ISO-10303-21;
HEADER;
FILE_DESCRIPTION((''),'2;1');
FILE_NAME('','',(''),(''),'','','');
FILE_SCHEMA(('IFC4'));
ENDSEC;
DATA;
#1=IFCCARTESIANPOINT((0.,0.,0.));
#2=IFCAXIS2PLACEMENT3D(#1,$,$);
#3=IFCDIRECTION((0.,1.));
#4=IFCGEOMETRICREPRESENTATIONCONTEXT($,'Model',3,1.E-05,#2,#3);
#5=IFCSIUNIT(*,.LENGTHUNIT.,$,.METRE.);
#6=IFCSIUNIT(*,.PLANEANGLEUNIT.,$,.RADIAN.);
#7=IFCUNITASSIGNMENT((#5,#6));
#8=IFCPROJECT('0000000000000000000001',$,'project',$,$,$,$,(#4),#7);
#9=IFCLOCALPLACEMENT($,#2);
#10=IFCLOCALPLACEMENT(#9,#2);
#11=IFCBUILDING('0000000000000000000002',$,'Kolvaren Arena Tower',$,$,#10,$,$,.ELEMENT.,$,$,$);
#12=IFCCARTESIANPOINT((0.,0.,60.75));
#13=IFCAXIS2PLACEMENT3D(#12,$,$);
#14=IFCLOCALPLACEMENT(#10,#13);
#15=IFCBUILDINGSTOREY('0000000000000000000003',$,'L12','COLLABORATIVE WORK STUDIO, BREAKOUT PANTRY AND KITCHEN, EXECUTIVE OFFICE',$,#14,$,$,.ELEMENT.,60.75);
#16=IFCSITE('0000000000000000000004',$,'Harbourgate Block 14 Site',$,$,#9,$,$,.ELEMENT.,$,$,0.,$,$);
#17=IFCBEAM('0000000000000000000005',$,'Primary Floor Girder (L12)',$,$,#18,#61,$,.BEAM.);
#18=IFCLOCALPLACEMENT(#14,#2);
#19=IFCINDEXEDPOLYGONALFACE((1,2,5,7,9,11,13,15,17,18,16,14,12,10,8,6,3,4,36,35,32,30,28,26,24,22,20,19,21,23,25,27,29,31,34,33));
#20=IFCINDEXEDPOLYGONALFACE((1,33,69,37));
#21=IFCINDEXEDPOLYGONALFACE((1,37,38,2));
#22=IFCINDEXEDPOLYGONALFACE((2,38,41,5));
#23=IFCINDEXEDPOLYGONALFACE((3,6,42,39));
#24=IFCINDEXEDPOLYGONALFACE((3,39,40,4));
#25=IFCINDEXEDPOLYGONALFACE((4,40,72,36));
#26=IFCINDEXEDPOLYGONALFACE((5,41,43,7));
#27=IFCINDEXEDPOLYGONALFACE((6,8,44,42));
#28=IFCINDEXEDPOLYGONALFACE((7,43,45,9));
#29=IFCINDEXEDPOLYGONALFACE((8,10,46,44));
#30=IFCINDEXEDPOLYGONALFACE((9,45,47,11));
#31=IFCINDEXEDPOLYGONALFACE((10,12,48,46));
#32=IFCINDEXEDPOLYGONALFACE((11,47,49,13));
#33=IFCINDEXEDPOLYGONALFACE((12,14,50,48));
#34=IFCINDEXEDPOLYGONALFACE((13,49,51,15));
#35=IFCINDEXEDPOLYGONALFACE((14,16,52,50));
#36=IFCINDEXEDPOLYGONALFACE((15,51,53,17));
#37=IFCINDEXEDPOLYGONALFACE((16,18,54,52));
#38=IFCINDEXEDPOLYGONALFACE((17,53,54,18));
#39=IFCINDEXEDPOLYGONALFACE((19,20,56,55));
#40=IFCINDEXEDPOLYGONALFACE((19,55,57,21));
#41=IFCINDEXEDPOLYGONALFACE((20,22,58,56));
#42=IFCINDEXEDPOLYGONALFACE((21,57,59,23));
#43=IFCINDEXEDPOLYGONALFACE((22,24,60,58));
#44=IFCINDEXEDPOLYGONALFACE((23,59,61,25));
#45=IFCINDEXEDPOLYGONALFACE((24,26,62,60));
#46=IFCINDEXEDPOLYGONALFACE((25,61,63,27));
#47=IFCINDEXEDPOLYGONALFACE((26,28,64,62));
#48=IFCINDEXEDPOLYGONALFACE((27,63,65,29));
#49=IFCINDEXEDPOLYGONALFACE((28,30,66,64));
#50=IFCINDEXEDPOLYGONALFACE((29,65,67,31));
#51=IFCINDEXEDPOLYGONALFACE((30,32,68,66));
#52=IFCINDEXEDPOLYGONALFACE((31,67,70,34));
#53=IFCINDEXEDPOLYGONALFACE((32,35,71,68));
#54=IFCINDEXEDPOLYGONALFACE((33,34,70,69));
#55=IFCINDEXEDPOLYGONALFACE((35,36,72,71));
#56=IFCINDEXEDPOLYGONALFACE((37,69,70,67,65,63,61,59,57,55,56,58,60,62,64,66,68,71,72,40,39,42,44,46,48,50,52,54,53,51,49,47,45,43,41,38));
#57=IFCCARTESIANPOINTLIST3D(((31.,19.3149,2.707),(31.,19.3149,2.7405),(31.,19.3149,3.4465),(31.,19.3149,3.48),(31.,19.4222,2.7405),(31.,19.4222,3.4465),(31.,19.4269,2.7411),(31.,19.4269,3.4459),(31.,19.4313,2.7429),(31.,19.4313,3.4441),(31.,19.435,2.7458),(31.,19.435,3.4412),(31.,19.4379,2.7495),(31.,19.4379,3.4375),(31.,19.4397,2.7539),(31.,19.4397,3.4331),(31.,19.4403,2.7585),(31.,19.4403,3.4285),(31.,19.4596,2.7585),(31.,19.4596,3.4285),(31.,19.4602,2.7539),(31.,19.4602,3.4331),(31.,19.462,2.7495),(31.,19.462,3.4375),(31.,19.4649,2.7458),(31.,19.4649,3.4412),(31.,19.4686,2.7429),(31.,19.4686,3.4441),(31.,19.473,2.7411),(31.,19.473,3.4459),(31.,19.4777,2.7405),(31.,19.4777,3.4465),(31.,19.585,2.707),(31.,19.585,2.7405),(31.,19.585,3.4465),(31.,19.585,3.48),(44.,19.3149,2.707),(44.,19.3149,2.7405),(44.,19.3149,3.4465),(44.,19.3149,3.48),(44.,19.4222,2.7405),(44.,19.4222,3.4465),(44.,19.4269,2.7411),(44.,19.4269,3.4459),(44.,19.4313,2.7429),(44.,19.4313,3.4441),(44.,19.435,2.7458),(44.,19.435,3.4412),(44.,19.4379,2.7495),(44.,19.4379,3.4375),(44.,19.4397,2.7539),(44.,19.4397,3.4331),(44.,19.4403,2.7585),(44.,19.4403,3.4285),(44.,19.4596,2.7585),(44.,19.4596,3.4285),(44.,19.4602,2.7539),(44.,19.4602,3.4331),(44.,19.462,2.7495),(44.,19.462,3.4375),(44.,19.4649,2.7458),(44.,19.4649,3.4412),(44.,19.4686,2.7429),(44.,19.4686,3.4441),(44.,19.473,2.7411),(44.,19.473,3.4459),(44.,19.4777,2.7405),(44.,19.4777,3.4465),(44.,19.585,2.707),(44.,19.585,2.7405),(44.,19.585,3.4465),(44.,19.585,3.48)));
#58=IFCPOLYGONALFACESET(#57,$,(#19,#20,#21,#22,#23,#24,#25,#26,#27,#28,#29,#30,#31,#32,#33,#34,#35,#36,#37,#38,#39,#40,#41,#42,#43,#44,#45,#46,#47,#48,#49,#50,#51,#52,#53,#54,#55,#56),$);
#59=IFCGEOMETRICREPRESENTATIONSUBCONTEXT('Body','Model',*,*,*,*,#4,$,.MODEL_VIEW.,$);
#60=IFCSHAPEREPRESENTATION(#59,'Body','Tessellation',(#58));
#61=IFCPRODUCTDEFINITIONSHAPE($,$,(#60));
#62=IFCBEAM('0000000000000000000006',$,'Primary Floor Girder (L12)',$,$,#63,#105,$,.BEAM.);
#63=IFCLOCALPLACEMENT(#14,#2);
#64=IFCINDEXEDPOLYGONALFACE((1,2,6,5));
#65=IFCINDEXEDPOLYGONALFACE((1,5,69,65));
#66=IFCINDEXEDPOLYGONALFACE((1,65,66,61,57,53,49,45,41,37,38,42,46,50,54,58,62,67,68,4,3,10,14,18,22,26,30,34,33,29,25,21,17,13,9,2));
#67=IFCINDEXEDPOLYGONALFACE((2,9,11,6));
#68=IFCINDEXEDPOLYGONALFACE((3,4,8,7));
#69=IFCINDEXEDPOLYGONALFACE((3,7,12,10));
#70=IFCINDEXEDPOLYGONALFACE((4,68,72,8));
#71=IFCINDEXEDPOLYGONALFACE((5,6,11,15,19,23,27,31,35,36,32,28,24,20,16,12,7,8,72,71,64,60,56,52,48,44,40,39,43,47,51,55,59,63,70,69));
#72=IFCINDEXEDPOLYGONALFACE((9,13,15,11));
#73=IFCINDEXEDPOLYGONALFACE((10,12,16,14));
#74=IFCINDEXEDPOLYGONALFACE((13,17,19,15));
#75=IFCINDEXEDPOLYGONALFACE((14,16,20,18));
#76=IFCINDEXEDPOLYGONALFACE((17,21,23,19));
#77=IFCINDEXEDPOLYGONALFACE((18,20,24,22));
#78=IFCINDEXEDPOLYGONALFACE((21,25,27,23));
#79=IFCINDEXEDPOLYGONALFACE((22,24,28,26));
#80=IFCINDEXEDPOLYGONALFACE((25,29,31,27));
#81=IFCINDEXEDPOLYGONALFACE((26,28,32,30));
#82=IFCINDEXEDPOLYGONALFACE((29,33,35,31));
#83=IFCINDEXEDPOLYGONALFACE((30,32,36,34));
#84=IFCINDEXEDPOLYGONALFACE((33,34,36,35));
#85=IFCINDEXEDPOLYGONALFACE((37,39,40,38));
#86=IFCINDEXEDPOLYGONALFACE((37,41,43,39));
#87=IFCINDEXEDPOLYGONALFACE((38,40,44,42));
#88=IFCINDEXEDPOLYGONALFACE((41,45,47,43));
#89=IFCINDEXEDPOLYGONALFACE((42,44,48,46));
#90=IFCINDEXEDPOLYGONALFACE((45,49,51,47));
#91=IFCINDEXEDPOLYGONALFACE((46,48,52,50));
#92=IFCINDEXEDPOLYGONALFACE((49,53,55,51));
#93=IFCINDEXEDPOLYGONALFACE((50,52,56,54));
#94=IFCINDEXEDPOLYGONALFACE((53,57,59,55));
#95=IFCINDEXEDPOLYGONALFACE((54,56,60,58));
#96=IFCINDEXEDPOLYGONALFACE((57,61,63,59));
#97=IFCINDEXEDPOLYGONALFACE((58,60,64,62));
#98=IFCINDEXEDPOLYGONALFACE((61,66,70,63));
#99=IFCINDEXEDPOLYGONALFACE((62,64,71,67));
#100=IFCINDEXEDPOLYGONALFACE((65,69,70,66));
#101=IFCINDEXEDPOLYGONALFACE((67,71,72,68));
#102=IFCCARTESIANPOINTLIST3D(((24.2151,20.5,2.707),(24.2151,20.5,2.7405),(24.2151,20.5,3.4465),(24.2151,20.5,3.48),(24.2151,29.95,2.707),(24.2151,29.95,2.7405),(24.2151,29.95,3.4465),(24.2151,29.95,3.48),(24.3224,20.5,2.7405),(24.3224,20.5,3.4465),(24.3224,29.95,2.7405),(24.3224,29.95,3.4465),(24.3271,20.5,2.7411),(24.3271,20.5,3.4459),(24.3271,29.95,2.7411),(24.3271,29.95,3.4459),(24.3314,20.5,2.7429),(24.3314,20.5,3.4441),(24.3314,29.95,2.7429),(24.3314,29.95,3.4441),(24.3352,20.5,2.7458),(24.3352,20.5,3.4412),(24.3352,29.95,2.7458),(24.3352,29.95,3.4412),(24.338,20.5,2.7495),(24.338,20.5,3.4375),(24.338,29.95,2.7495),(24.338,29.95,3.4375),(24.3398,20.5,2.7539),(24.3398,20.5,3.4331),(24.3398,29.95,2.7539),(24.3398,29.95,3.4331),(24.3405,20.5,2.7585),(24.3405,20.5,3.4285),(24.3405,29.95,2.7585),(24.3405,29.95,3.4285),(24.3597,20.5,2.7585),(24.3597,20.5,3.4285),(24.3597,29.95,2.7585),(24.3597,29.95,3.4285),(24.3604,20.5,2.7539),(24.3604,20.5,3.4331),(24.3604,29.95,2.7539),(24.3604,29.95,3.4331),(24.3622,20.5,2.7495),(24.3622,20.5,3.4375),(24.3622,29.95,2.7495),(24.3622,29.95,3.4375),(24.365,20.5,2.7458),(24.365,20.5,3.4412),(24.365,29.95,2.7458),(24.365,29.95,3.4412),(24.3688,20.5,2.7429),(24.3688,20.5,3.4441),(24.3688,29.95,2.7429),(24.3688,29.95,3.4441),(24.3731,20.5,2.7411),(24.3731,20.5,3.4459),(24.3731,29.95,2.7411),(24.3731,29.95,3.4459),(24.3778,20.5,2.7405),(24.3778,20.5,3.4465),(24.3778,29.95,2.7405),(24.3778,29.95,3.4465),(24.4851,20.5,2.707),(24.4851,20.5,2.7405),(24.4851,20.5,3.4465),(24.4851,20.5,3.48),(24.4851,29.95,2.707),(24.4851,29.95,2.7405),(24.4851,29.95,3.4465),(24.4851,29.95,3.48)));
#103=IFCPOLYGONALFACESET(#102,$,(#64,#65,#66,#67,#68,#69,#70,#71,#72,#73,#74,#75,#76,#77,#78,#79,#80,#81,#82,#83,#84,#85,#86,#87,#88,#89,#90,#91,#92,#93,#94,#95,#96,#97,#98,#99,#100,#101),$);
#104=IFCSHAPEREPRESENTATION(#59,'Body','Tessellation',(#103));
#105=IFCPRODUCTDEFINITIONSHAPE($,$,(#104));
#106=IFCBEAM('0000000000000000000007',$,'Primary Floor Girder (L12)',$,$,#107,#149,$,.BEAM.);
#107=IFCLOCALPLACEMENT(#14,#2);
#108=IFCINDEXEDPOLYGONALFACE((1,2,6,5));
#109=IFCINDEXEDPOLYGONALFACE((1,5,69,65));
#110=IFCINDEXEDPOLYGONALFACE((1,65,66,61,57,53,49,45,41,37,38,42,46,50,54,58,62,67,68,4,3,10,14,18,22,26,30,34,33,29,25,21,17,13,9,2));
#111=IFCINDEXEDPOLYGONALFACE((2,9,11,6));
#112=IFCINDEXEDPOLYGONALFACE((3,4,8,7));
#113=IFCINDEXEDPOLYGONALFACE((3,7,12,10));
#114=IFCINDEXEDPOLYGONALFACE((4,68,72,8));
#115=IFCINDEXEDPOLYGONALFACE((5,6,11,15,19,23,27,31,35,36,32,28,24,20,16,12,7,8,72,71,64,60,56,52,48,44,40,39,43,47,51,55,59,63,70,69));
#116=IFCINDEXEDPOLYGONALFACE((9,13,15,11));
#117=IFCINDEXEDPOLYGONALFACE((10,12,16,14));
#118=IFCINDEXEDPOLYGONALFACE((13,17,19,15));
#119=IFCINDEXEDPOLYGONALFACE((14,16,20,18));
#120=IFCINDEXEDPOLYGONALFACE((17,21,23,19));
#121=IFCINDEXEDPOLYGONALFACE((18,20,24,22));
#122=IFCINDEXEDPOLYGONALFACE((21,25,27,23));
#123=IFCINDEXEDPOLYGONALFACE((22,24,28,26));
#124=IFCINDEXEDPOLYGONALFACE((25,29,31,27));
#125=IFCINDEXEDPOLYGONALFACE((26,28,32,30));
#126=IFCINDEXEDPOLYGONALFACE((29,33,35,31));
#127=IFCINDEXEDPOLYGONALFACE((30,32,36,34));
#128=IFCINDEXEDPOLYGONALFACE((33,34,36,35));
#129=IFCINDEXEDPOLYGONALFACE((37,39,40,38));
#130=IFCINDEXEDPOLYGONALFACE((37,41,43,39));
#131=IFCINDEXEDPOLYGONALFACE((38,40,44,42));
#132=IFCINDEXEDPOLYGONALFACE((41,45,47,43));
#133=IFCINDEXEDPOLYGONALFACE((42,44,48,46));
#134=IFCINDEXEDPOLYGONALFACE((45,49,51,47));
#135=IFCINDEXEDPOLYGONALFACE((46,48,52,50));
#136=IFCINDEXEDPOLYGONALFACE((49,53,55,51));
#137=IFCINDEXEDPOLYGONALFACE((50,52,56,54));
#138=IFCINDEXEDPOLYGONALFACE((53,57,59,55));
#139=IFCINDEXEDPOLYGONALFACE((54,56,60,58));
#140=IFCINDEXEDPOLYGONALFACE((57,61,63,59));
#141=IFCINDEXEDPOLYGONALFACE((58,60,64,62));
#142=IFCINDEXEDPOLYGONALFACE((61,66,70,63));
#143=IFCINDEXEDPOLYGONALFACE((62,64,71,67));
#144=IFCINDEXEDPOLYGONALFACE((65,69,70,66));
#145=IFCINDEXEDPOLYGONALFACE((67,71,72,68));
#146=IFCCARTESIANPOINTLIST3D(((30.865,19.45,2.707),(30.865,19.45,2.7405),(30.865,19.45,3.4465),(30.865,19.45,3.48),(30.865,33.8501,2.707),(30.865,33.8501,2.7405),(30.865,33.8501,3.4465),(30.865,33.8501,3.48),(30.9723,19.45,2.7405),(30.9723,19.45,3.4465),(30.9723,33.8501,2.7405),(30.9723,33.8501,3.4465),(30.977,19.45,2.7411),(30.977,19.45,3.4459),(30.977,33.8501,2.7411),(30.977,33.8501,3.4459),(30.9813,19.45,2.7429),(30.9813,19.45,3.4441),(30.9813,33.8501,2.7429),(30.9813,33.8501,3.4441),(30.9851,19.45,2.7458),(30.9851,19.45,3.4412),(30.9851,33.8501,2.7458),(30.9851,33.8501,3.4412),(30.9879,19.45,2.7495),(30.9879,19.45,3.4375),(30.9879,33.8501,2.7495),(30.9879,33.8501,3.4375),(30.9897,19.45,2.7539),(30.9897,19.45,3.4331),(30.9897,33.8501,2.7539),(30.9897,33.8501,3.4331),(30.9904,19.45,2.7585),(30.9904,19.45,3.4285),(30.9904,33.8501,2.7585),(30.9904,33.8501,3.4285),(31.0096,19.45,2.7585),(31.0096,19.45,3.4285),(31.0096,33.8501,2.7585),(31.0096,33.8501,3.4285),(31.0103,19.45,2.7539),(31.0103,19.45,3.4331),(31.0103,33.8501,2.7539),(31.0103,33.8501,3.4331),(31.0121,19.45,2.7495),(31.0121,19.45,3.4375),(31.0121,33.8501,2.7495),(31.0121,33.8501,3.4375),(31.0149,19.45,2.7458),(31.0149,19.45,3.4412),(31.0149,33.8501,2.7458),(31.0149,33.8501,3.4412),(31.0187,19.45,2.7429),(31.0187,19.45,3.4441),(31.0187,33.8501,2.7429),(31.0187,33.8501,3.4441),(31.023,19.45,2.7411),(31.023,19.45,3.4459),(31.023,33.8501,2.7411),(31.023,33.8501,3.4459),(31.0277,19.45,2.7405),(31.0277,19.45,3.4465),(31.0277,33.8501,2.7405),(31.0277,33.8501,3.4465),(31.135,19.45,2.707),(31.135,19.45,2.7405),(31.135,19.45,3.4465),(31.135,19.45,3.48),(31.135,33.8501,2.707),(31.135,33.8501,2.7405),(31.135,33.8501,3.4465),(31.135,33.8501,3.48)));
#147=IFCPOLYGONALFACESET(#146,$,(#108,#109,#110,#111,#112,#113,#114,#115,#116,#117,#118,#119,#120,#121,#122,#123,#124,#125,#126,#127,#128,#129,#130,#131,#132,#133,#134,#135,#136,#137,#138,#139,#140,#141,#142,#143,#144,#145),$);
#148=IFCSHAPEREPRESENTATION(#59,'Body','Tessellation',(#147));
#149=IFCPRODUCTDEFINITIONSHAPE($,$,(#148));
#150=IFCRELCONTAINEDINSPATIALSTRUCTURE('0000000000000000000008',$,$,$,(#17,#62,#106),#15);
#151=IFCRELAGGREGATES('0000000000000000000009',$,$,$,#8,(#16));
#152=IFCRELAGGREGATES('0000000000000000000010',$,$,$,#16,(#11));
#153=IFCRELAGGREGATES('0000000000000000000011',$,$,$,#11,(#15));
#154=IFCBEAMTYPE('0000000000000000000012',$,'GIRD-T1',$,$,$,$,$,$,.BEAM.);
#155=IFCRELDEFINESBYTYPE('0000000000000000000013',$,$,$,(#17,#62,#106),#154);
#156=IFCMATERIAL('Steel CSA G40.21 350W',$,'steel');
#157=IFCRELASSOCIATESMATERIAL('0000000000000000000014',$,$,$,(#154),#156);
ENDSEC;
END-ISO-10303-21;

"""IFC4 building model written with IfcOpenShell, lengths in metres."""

from ifc_helpers import new_model, si_unit, direction, frame, origin, origin_2d, place, context, subcontext, project, spatial, i_section, extrude, material, material_profile, profile_set, type_object, element, save


model = new_model("IFC4")

# Units and contexts
model_context = context("Model", 3, precision=1e-05, world=origin(), true_north=direction((0.0, 1.0)))
body_context = subcontext(model_context, "Body", "Model", "MODEL_VIEW")
ifc_project = project(units=[si_unit("LENGTHUNIT", "METRE"), si_unit("PLANEANGLEUNIT", "RADIAN")], contexts=[model_context])

# Site, building, storey
site_placement = place(None, origin())
site = spatial("IfcSite", under=ifc_project, at=site_placement, Name="Harbourgate Block 14 Site", CompositionType="ELEMENT", RefElevation=0.0)
building_placement = place(site_placement, origin())
building = spatial("IfcBuilding", under=site, at=building_placement, Name="Kolvaren Arena Tower", CompositionType="ELEMENT")
storey_placement = place(building_placement, frame((0.0, 0.0, 60.75)))
storey = spatial("IfcBuildingStorey", under=building, at=storey_placement, Name="L12", Description="COLLABORATIVE WORK STUDIO, BREAKOUT PANTRY AND KITCHEN, EXECUTIVE OFFICE", CompositionType="ELEMENT", Elevation=60.75)

# Beams
ifc_material_1 = material(Name="Steel CSA G40.21 350W", Category="steel")
ifc_material_profile_1 = material_profile(ifc_material_1, i_section(OverallWidth=0.27, OverallDepth=0.7729, WebThickness=0.0193, FlangeThickness=0.0334, FilletRadius=0.0181, at=origin_2d()), Name="W760x257")
ifc_profile_set_1 = profile_set([ifc_material_profile_1], Name="Steel CSA G40.21 350W")
beam_type_1 = type_object("IfcBeamType", Name="GIRD-T1", PredefinedType="BEAM", material=ifc_profile_set_1)
beam_1_placement = place(storey_placement, frame((31.0, 19.45, 3.0935), z_axis=(1.0, 0.0, 0.0), x_axis=(0.0, 1.0, 0.0)))
element("IfcBeam", 1, at=beam_1_placement, inside=storey, type_object=beam_type_1, Name="Primary Floor Girder (L12)", PredefinedType="BEAM", context=body_context, shape_type="SweptSolid", body=[
    extrude(i_section(OverallWidth=0.27, OverallDepth=0.7729, WebThickness=0.0193, FlangeThickness=0.0334, FilletRadius=0.0181, at=origin_2d()), origin(), (0.0, 0.0, 1.0), 13.0),
])
beam_2_placement = place(storey_placement, frame((24.3501, 20.5, 3.0935), z_axis=(0.0, 1.0, 0.0), x_axis=(-1.0, 0.0, 0.0)))
element("IfcBeam", 2, at=beam_2_placement, inside=storey, type_object=beam_type_1, Name="Primary Floor Girder (L12)", PredefinedType="BEAM", context=body_context, shape_type="SweptSolid", body=[
    extrude(i_section(OverallWidth=0.27, OverallDepth=0.7729, WebThickness=0.0193, FlangeThickness=0.0334, FilletRadius=0.0181, at=origin_2d()), origin(), (0.0, 0.0, 1.0), 9.45),
])
beam_3_placement = place(storey_placement, frame((31.0, 19.45, 3.0935), z_axis=(0.0, 1.0, 0.0), x_axis=(-1.0, 0.0, 0.0)))
element("IfcBeam", 3, at=beam_3_placement, inside=storey, type_object=beam_type_1, Name="Primary Floor Girder (L12)", PredefinedType="BEAM", context=body_context, shape_type="SweptSolid", body=[
    extrude(i_section(OverallWidth=0.27, OverallDepth=0.7729, WebThickness=0.0193, FlangeThickness=0.0334, FilletRadius=0.0181, at=origin_2d()), origin(), (0.0, 0.0, 1.0), 14.4001),
])

save(model, "model.ifc")
